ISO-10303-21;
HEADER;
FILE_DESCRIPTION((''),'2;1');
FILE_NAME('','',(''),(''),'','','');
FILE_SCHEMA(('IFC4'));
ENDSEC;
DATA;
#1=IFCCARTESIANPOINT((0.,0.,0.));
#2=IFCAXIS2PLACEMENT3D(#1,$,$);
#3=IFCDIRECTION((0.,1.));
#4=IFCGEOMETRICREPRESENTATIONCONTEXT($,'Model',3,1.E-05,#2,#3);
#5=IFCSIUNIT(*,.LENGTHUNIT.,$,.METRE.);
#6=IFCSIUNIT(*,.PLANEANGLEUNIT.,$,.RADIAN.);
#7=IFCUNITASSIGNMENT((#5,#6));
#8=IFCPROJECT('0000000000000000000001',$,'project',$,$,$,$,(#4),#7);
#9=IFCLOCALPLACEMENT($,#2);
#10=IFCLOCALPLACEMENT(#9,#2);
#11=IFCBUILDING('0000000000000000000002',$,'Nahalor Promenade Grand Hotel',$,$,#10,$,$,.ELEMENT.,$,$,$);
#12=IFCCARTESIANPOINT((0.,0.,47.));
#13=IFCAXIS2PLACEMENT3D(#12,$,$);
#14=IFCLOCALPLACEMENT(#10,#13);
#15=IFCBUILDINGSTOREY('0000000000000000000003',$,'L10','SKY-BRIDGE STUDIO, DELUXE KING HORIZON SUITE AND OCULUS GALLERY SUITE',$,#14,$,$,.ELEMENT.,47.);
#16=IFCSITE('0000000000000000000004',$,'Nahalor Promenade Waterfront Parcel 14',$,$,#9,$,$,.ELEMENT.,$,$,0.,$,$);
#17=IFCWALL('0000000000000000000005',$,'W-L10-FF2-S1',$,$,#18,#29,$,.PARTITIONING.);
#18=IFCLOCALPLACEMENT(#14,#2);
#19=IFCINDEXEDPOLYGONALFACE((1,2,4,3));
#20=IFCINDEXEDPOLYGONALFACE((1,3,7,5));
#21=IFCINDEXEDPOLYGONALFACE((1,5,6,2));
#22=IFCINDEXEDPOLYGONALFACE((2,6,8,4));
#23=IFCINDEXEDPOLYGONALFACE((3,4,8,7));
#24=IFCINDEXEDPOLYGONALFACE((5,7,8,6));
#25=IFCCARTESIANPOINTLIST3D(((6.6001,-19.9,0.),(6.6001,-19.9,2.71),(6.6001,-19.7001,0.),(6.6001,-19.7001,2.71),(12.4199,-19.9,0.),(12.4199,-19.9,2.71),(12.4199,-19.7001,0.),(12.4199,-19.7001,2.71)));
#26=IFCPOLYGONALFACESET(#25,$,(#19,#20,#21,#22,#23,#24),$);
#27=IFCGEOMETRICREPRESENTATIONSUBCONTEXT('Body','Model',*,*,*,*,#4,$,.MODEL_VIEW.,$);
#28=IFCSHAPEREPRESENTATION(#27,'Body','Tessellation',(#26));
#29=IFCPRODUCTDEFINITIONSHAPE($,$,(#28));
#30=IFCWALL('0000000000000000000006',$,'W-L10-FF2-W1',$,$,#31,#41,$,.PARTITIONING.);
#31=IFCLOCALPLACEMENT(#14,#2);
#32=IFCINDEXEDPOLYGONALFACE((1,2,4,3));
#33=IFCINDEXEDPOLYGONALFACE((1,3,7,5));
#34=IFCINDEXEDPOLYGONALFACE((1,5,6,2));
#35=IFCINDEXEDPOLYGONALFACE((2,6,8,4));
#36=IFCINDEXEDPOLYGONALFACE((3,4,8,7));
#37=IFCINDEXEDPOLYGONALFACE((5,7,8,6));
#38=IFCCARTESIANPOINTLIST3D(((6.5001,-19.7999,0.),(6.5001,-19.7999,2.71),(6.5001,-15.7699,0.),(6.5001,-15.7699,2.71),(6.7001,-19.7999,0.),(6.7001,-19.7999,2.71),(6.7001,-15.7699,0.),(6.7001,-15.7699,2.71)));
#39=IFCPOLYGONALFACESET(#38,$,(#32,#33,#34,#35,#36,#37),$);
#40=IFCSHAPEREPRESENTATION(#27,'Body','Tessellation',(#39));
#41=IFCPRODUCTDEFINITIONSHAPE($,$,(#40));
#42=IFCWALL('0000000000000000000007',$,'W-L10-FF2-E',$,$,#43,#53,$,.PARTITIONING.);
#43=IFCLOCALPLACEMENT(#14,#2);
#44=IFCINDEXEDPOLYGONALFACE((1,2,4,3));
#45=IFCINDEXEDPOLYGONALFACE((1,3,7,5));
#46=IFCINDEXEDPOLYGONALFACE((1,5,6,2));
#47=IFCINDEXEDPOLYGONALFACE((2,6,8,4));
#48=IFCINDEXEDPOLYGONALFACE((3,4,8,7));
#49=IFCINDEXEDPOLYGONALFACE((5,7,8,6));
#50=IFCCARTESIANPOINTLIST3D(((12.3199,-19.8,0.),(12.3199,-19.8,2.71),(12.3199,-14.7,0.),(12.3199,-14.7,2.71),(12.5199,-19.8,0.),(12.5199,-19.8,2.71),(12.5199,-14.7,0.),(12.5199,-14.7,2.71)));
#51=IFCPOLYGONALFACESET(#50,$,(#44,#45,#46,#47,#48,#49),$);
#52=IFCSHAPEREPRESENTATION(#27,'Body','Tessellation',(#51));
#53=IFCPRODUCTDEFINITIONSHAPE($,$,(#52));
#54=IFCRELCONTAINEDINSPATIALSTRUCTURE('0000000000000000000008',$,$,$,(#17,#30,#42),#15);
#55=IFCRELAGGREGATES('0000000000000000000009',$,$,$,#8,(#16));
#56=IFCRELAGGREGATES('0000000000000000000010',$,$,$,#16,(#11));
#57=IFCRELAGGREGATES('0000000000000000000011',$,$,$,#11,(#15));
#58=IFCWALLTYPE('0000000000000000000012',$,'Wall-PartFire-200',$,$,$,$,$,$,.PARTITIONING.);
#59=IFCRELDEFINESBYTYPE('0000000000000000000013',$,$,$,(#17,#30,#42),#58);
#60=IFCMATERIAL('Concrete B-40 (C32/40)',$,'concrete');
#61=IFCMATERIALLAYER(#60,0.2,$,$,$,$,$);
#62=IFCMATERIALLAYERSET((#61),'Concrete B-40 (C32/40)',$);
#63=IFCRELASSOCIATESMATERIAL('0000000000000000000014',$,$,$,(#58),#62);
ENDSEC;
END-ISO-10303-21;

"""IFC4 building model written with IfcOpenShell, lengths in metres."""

from ifc_helpers import new_model, si_unit, direction, frame, frame_2d, origin, place, context, subcontext, project, spatial, rectangle, extrude, source, transform, mapped, material, layer, layer_set, type_object, element, save


model = new_model("IFC4")

# Units and contexts
model_context = context("Model", 3, precision=1e-05, world=origin(), true_north=direction((0.0, 1.0)))
body_context = subcontext(model_context, "Body", "Model", "MODEL_VIEW")
ifc_project = project(units=[si_unit("LENGTHUNIT", "METRE"), si_unit("PLANEANGLEUNIT", "RADIAN")], contexts=[model_context])

# Site, building, storey
site_placement = place(None, origin())
site = spatial("IfcSite", under=ifc_project, at=site_placement, Name="Nahalor Promenade Waterfront Parcel 14", CompositionType="ELEMENT", RefElevation=0.0)
building_placement = place(site_placement, origin())
building = spatial("IfcBuilding", under=site, at=building_placement, Name="Nahalor Promenade Grand Hotel", CompositionType="ELEMENT")
storey_placement = place(building_placement, frame((0.0, 0.0, 47.0)))
storey = spatial("IfcBuildingStorey", under=building, at=storey_placement, Name="L10", Description="SKY-BRIDGE STUDIO, DELUXE KING HORIZON SUITE AND OCULUS GALLERY SUITE", CompositionType="ELEMENT", Elevation=47.0)

# Walls
ifc_material_1 = material(Name="Concrete B-40 (C32/40)", Category="concrete")
ifc_layer_1 = layer(ifc_material_1, 0.2)
ifc_layer_set_1 = layer_set([ifc_layer_1], Name="Concrete B-40 (C32/40)")
wall_type_1 = type_object("IfcWallType", Name="Wall-PartFire-200", PredefinedType="PARTITIONING", material=ifc_layer_set_1)
shared_shape_1 = source(origin(), body_context, "Body", "SweptSolid", [
    extrude(rectangle(XDim=5.8198, YDim=0.2, at=frame_2d((2.9099, 0.0))), origin(), (0.0, 0.0, 1.0), 2.71),
])
wall_1_placement = place(storey_placement, frame((6.6001, -19.8, 0.0), z_axis=(0.0, 0.0, 1.0), x_axis=(1.0, 0.0, 0.0)))
element("IfcWall", 1, at=wall_1_placement, inside=storey, type_object=wall_type_1, Name="W-L10-FF2-S1", PredefinedType="PARTITIONING", context=body_context, shape_type="MappedRepresentation", body=[
    mapped(shared_shape_1, transform((0.0, 0.0, 0.0), scale=1.0)),
])
shared_shape_2 = source(origin(), body_context, "Body", "SweptSolid", [
    extrude(rectangle(XDim=4.03, YDim=0.2, at=frame_2d((2.0151, 0.0))), origin(), (0.0, 0.0, 1.0), 2.71),
])
wall_2_placement = place(storey_placement, frame((6.6001, -19.8, 0.0), z_axis=(0.0, 0.0, 1.0), x_axis=(0.0, 1.0, 0.0)))
element("IfcWall", 2, at=wall_2_placement, inside=storey, type_object=wall_type_1, Name="W-L10-FF2-W1", PredefinedType="PARTITIONING", context=body_context, shape_type="MappedRepresentation", body=[
    mapped(shared_shape_2, transform((0.0, 0.0, 0.0), scale=1.0)),
])
shared_shape_3 = source(origin(), body_context, "Body", "SweptSolid", [
    extrude(rectangle(XDim=5.1001, YDim=0.2, at=frame_2d((2.55, 0.0))), origin(), (0.0, 0.0, 1.0), 2.71),
])
wall_3_placement = place(storey_placement, frame((12.4199, -19.8, 0.0), z_axis=(0.0, 0.0, 1.0), x_axis=(0.0, 1.0, 0.0)))
element("IfcWall", 3, at=wall_3_placement, inside=storey, type_object=wall_type_1, Name="W-L10-FF2-E", PredefinedType="PARTITIONING", context=body_context, shape_type="MappedRepresentation", body=[
    mapped(shared_shape_3, transform((0.0, 0.0, 0.0), scale=1.0)),
])

save(model, "model.ifc")
